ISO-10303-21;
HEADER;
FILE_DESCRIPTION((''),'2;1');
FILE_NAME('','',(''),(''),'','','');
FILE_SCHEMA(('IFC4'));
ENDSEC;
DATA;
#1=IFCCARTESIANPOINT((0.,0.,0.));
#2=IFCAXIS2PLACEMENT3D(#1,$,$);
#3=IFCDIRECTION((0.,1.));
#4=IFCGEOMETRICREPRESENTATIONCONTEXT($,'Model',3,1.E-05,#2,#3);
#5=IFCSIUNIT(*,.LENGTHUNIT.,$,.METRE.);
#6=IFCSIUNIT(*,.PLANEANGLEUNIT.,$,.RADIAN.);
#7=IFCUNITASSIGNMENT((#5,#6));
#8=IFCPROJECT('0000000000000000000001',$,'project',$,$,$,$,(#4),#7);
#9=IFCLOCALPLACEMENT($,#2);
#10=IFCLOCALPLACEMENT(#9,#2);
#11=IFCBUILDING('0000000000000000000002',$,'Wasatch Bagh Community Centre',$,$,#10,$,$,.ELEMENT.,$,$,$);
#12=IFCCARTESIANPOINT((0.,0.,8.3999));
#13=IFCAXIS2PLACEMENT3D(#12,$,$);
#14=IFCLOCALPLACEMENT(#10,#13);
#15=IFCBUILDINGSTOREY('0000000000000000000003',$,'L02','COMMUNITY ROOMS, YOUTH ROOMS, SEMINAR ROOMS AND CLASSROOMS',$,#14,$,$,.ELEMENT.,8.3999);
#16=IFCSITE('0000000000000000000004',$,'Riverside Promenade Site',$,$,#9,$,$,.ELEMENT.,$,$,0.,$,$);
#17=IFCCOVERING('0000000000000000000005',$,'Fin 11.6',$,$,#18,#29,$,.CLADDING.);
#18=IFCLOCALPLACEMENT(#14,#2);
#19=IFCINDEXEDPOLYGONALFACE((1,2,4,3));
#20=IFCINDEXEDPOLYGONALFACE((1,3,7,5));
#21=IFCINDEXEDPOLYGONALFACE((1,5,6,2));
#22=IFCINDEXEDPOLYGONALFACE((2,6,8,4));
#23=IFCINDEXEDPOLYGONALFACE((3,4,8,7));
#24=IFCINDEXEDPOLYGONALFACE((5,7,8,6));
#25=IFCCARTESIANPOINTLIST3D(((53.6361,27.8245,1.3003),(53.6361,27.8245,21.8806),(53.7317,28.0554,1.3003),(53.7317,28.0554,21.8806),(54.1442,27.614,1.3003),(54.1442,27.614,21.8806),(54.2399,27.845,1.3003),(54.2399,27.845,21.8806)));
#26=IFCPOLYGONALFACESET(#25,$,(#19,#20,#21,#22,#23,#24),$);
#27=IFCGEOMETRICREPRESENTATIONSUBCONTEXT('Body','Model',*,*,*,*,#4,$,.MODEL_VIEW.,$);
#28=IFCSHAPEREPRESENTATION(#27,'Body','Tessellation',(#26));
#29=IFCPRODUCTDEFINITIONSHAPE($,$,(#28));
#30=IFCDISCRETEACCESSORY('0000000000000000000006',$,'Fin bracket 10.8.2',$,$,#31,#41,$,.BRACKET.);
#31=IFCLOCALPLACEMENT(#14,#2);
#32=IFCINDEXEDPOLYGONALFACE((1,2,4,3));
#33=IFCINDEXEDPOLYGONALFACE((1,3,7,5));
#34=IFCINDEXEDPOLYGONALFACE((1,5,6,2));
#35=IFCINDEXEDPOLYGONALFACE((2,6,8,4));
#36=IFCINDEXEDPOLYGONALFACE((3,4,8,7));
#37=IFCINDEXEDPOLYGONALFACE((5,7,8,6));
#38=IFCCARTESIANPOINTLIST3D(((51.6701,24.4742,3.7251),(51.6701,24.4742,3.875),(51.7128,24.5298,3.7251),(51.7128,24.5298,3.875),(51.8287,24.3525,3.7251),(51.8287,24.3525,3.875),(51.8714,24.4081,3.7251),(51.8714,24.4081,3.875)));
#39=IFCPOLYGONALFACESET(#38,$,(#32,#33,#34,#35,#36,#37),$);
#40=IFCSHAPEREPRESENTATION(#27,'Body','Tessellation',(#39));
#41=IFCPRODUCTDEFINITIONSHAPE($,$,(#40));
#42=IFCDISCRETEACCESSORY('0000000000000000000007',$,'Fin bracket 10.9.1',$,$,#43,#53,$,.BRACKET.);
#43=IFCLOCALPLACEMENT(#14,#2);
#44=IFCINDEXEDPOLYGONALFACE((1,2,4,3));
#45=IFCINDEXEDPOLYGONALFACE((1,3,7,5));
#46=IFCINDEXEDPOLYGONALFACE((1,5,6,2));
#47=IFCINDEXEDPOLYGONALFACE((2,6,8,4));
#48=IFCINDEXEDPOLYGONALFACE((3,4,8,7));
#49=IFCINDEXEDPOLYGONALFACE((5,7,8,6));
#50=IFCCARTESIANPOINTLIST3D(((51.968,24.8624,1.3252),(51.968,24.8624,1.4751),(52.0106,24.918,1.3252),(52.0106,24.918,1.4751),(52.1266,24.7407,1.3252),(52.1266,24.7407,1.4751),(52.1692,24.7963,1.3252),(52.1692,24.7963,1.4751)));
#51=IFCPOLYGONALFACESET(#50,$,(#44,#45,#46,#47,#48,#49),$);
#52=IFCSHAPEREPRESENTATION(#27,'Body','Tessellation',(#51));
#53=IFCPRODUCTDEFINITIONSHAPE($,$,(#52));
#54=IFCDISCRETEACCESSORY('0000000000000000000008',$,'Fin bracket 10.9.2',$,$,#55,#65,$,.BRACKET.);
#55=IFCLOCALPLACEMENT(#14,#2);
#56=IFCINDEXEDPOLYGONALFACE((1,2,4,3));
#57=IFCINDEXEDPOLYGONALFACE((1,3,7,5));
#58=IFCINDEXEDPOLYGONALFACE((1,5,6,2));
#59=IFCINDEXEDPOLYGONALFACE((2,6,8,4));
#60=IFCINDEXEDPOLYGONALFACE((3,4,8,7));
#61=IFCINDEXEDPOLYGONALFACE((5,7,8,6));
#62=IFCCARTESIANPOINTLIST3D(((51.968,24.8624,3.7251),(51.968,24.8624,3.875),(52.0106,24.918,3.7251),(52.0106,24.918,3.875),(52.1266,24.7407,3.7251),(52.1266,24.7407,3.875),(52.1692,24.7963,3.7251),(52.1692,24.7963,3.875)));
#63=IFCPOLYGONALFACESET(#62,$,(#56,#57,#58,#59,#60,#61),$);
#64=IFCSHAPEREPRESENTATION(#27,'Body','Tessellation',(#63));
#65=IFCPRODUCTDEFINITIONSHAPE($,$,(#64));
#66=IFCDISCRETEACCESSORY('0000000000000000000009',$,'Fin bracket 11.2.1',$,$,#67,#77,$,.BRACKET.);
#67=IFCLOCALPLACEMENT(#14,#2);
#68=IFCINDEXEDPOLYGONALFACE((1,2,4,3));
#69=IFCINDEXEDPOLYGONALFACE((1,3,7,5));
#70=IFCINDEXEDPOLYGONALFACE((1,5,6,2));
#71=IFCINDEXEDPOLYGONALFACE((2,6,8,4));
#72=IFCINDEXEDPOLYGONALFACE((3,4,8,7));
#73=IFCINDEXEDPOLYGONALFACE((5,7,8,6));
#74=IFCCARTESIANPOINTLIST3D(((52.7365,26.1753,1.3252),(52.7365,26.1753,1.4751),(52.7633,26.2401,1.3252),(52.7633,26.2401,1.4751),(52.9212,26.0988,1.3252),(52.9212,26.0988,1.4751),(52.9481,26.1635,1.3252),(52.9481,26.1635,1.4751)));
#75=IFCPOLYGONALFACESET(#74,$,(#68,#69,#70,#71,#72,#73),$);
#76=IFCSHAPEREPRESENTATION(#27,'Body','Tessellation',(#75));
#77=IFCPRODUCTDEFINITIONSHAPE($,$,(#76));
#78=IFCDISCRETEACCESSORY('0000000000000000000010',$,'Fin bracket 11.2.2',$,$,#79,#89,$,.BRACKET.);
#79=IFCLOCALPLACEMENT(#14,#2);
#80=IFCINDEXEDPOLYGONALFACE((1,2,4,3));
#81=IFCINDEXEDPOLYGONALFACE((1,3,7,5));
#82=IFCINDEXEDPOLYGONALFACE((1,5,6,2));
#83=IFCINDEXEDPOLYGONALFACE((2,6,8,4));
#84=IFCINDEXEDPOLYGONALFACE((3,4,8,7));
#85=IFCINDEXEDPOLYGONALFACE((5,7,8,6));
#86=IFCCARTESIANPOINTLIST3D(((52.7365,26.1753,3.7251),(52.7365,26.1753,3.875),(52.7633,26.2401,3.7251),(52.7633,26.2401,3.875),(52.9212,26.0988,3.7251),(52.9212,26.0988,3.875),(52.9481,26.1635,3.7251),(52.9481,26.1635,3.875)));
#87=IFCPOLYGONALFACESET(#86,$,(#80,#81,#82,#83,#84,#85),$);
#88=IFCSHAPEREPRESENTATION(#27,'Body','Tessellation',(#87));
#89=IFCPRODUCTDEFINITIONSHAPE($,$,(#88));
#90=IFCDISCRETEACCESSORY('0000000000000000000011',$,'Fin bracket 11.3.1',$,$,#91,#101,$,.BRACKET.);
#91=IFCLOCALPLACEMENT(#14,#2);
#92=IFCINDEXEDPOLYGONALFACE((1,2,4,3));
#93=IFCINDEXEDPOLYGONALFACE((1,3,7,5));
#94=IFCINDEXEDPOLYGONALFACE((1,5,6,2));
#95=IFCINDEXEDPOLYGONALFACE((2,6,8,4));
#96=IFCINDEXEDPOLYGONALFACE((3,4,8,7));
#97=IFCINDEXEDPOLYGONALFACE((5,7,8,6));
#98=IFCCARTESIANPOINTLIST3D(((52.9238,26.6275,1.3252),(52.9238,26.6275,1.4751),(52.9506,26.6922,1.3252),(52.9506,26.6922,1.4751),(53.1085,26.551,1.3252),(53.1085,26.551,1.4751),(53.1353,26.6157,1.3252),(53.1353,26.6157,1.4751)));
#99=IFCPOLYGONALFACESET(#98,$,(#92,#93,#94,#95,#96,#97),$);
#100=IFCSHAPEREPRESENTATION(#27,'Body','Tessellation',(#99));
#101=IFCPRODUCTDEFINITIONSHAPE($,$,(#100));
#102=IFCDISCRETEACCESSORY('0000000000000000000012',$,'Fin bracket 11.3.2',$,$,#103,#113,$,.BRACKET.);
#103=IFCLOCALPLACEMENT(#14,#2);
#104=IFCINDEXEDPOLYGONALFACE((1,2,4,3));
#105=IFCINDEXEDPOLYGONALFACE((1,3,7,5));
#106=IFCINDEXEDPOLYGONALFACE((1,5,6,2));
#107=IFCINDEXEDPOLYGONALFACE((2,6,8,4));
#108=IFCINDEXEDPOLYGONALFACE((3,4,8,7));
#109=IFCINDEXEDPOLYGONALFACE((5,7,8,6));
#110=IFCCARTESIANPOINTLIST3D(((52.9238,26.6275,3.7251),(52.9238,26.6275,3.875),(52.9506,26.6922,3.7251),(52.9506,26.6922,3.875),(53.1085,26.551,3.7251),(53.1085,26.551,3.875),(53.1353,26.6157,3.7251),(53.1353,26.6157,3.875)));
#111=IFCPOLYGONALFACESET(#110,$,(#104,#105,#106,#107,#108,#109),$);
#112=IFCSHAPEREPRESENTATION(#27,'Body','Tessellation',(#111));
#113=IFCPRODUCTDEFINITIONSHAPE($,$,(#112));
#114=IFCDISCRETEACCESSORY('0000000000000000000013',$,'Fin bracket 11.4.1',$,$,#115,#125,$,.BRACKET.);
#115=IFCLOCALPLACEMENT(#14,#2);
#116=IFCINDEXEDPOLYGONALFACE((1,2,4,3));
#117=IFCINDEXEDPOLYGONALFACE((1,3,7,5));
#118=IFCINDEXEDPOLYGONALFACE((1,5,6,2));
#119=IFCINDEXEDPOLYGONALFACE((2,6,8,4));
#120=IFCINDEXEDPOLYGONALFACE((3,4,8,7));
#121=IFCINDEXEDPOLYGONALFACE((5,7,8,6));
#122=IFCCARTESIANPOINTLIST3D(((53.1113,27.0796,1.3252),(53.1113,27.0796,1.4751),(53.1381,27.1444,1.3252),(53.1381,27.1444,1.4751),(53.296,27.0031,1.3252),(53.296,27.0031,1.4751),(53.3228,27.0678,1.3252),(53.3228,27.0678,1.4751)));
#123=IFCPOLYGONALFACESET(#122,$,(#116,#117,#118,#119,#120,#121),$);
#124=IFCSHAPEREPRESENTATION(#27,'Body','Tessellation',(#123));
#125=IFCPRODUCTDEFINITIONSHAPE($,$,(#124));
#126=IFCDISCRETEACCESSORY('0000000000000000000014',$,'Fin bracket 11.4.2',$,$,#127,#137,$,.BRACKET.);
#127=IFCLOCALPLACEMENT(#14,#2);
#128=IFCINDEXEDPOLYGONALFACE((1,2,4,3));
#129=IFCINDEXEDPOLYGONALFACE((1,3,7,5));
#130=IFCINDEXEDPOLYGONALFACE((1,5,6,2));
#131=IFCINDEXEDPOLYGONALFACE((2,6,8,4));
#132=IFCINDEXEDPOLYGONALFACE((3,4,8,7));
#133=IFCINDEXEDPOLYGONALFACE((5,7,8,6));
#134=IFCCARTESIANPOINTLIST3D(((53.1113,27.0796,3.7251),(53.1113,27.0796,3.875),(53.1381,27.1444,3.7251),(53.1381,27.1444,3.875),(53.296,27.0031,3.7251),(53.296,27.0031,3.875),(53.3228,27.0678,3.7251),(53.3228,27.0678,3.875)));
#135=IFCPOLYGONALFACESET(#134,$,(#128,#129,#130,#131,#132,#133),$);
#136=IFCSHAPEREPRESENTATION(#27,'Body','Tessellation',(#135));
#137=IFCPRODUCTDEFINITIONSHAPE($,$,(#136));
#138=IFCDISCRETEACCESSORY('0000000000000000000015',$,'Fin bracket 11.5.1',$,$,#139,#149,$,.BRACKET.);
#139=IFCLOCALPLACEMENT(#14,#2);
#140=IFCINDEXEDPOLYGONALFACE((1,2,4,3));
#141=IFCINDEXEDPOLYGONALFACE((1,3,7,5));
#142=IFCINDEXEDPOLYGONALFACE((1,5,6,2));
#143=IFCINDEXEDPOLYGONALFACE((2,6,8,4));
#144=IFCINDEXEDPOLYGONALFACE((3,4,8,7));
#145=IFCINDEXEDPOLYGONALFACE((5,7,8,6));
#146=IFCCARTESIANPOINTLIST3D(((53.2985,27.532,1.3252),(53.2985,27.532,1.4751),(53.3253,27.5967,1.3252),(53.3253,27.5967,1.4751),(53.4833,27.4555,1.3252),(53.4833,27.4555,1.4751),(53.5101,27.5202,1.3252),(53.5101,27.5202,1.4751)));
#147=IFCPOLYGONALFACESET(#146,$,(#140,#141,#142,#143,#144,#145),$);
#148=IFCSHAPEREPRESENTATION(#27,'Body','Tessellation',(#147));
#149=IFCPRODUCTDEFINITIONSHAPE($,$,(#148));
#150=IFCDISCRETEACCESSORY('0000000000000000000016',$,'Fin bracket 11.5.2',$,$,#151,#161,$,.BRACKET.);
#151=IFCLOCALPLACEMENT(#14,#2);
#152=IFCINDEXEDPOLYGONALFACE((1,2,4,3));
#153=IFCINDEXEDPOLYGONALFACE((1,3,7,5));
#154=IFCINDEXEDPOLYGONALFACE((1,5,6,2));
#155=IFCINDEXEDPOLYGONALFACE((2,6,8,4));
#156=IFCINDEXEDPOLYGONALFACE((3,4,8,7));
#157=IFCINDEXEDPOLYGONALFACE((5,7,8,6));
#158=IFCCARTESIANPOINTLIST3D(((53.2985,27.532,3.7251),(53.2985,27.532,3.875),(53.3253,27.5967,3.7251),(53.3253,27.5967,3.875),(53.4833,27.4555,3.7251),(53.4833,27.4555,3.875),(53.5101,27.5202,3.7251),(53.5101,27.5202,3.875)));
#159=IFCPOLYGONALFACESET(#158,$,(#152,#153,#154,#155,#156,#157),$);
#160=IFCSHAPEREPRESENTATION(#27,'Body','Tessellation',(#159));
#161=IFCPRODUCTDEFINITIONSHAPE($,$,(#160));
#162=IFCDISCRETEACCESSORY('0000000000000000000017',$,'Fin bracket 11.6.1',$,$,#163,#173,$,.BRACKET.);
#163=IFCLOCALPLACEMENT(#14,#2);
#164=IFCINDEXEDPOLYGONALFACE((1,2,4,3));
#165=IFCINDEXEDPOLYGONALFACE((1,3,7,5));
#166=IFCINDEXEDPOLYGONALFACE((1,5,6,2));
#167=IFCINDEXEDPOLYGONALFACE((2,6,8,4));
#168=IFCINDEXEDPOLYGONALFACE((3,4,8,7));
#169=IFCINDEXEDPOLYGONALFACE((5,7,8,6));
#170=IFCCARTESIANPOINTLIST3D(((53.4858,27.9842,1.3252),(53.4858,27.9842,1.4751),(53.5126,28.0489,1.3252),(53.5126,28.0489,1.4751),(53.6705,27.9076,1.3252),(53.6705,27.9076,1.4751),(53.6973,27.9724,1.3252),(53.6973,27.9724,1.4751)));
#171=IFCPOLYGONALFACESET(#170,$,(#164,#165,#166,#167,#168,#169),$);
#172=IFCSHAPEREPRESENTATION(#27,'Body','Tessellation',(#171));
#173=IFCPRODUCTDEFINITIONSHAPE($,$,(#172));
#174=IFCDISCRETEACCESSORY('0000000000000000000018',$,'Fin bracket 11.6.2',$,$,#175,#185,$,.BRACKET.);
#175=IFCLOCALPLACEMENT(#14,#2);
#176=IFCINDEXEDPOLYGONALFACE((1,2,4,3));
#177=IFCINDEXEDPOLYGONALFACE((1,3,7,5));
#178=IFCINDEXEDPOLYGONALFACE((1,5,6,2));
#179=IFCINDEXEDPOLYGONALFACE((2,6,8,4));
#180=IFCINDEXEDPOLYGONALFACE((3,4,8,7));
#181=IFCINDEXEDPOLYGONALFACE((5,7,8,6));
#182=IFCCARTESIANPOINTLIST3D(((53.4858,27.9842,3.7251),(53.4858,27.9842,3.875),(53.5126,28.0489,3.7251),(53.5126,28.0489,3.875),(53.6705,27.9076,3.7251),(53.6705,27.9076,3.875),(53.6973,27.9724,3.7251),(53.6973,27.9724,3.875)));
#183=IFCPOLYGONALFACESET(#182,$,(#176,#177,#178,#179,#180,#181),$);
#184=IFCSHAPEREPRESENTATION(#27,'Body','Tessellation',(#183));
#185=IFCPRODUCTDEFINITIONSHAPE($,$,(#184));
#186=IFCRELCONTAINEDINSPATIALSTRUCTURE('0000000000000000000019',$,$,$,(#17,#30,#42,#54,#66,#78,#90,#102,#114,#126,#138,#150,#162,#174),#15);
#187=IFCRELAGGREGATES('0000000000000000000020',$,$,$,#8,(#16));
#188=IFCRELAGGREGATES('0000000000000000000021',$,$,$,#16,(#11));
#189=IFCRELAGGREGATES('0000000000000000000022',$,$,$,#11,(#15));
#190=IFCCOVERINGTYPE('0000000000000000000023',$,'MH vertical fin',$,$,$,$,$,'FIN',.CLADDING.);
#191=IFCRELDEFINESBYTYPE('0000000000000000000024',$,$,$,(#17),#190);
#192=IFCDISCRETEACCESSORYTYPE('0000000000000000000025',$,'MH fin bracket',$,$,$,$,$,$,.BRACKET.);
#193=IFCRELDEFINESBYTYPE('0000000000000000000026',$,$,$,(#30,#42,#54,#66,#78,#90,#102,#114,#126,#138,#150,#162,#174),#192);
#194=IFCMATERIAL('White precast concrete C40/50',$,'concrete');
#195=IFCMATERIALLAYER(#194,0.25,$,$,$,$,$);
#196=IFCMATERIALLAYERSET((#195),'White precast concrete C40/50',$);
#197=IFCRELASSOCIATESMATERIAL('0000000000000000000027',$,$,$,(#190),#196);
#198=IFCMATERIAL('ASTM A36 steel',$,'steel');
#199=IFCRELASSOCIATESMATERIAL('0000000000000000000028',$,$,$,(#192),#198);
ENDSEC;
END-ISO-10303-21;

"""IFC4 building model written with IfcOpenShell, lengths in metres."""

from ifc_helpers import new_model, si_unit, direction, frame, origin, origin_2d, place, context, subcontext, project, spatial, rectangle, extrude, material, layer, layer_set, type_object, element, save


model = new_model("IFC4")

# Units and contexts
model_context = context("Model", 3, precision=1e-05, world=origin(), true_north=direction((0.0, 1.0)))
body_context = subcontext(model_context, "Body", "Model", "MODEL_VIEW")
ifc_project = project(units=[si_unit("LENGTHUNIT", "METRE"), si_unit("PLANEANGLEUNIT", "RADIAN")], contexts=[model_context])

# Site, building, storey
site_placement = place(None, origin())
site = spatial("IfcSite", under=ifc_project, at=site_placement, Name="Riverside Promenade Site", CompositionType="ELEMENT", RefElevation=0.0)
building_placement = place(site_placement, origin())
building = spatial("IfcBuilding", under=site, at=building_placement, Name="Wasatch Bagh Community Centre", CompositionType="ELEMENT")
storey_placement = place(building_placement, frame((0.0, 0.0, 8.3999)))
storey = spatial("IfcBuildingStorey", under=building, at=storey_placement, Name="L02", Description="COMMUNITY ROOMS, YOUTH ROOMS, SEMINAR ROOMS AND CLASSROOMS", CompositionType="ELEMENT", Elevation=8.3999)

# Covering
ifc_material_1 = material(Name="White precast concrete C40/50", Category="concrete")
ifc_layer_1 = layer(ifc_material_1, 0.25)
ifc_layer_set_1 = layer_set([ifc_layer_1], Name="White precast concrete C40/50")
covering_type_1 = type_object("IfcCoveringType", Name="MH vertical fin", ElementType="FIN", PredefinedType="CLADDING", material=ifc_layer_set_1)
covering_1_placement = place(storey_placement, frame((53.938, 27.8347, 1.3003), z_axis=(0.0, 0.0, 1.0), x_axis=(0.382683, 0.92388, 0.0)))
element("IfcCovering", 1, at=covering_1_placement, inside=storey, type_object=covering_type_1, Name="Fin 11.6", PredefinedType="CLADDING", context=body_context, shape_type="SweptSolid", body=[
    extrude(rectangle(XDim=0.25, YDim=0.55, at=origin_2d()), origin(), (0.0, 0.0, 1.0), 20.5803),
])

# Discrete accessories
ifc_material_2 = material(Name="ASTM A36 steel", Category="steel")
discrete_accessory_type = type_object("IfcDiscreteAccessoryType", Name="MH fin bracket", PredefinedType="BRACKET", material=ifc_material_2)
for number, where, z_axis, x_axis, name in (
    (2, (51.7708, 24.4412, 3.7251), (0.0, 0.0, 1.0), (0.608761, 0.793353, 0.0), "Fin bracket 10.8.2"),
    (3, (52.0686, 24.8293, 1.3252), (0.0, 0.0, 1.0), (0.608761, 0.793353, 0.0), "Fin bracket 10.9.1"),
    (4, (52.0686, 24.8293, 3.7251), (0.0, 0.0, 1.0), (0.608761, 0.793353, 0.0), "Fin bracket 10.9.2"),
    (5, (52.8423, 26.1694, 1.3252), (0.0, 0.0, 1.0), (0.382683, 0.92388, 0.0), "Fin bracket 11.2.1"),
    (6, (52.8423, 26.1694, 3.7251), (0.0, 0.0, 1.0), (0.382683, 0.92388, 0.0), "Fin bracket 11.2.2"),
    (7, (53.0295, 26.6216, 1.3252), (0.0, 0.0, 1.0), (0.382683, 0.92388, 0.0), "Fin bracket 11.3.1"),
    (8, (53.0295, 26.6216, 3.7251), (0.0, 0.0, 1.0), (0.382683, 0.92388, 0.0), "Fin bracket 11.3.2"),
    (9, (53.217, 27.0737, 1.3252), (0.0, 0.0, 1.0), (0.382683, 0.92388, 0.0), "Fin bracket 11.4.1"),
    (10, (53.217, 27.0737, 3.7251), (0.0, 0.0, 1.0), (0.382683, 0.92388, 0.0), "Fin bracket 11.4.2"),
    (11, (53.4043, 27.5261, 1.3252), (0.0, 0.0, 1.0), (0.382683, 0.92388, 0.0), "Fin bracket 11.5.1"),
    (12, (53.4043, 27.5261, 3.7251), (0.0, 0.0, 1.0), (0.382683, 0.92388, 0.0), "Fin bracket 11.5.2"),
    (13, (53.5916, 27.9783, 1.3252), (0.0, 0.0, 1.0), (0.382683, 0.92388, 0.0), "Fin bracket 11.6.1"),
    (14, (53.5916, 27.9783, 3.7251), (0.0, 0.0, 1.0), (0.382683, 0.92388, 0.0), "Fin bracket 11.6.2"),
):
    element("IfcDiscreteAccessory", number, at=place(storey_placement, frame(where, z_axis=z_axis, x_axis=x_axis)), inside=storey, type_object=discrete_accessory_type, Name=name, PredefinedType="BRACKET", context=body_context, shape_type="SweptSolid", body=[
        extrude(rectangle(XDim=0.0701, YDim=0.2, at=origin_2d()), origin(), (0.0, 0.0, 1.0), 0.1499),
    ])

save(model, "model.ifc")
